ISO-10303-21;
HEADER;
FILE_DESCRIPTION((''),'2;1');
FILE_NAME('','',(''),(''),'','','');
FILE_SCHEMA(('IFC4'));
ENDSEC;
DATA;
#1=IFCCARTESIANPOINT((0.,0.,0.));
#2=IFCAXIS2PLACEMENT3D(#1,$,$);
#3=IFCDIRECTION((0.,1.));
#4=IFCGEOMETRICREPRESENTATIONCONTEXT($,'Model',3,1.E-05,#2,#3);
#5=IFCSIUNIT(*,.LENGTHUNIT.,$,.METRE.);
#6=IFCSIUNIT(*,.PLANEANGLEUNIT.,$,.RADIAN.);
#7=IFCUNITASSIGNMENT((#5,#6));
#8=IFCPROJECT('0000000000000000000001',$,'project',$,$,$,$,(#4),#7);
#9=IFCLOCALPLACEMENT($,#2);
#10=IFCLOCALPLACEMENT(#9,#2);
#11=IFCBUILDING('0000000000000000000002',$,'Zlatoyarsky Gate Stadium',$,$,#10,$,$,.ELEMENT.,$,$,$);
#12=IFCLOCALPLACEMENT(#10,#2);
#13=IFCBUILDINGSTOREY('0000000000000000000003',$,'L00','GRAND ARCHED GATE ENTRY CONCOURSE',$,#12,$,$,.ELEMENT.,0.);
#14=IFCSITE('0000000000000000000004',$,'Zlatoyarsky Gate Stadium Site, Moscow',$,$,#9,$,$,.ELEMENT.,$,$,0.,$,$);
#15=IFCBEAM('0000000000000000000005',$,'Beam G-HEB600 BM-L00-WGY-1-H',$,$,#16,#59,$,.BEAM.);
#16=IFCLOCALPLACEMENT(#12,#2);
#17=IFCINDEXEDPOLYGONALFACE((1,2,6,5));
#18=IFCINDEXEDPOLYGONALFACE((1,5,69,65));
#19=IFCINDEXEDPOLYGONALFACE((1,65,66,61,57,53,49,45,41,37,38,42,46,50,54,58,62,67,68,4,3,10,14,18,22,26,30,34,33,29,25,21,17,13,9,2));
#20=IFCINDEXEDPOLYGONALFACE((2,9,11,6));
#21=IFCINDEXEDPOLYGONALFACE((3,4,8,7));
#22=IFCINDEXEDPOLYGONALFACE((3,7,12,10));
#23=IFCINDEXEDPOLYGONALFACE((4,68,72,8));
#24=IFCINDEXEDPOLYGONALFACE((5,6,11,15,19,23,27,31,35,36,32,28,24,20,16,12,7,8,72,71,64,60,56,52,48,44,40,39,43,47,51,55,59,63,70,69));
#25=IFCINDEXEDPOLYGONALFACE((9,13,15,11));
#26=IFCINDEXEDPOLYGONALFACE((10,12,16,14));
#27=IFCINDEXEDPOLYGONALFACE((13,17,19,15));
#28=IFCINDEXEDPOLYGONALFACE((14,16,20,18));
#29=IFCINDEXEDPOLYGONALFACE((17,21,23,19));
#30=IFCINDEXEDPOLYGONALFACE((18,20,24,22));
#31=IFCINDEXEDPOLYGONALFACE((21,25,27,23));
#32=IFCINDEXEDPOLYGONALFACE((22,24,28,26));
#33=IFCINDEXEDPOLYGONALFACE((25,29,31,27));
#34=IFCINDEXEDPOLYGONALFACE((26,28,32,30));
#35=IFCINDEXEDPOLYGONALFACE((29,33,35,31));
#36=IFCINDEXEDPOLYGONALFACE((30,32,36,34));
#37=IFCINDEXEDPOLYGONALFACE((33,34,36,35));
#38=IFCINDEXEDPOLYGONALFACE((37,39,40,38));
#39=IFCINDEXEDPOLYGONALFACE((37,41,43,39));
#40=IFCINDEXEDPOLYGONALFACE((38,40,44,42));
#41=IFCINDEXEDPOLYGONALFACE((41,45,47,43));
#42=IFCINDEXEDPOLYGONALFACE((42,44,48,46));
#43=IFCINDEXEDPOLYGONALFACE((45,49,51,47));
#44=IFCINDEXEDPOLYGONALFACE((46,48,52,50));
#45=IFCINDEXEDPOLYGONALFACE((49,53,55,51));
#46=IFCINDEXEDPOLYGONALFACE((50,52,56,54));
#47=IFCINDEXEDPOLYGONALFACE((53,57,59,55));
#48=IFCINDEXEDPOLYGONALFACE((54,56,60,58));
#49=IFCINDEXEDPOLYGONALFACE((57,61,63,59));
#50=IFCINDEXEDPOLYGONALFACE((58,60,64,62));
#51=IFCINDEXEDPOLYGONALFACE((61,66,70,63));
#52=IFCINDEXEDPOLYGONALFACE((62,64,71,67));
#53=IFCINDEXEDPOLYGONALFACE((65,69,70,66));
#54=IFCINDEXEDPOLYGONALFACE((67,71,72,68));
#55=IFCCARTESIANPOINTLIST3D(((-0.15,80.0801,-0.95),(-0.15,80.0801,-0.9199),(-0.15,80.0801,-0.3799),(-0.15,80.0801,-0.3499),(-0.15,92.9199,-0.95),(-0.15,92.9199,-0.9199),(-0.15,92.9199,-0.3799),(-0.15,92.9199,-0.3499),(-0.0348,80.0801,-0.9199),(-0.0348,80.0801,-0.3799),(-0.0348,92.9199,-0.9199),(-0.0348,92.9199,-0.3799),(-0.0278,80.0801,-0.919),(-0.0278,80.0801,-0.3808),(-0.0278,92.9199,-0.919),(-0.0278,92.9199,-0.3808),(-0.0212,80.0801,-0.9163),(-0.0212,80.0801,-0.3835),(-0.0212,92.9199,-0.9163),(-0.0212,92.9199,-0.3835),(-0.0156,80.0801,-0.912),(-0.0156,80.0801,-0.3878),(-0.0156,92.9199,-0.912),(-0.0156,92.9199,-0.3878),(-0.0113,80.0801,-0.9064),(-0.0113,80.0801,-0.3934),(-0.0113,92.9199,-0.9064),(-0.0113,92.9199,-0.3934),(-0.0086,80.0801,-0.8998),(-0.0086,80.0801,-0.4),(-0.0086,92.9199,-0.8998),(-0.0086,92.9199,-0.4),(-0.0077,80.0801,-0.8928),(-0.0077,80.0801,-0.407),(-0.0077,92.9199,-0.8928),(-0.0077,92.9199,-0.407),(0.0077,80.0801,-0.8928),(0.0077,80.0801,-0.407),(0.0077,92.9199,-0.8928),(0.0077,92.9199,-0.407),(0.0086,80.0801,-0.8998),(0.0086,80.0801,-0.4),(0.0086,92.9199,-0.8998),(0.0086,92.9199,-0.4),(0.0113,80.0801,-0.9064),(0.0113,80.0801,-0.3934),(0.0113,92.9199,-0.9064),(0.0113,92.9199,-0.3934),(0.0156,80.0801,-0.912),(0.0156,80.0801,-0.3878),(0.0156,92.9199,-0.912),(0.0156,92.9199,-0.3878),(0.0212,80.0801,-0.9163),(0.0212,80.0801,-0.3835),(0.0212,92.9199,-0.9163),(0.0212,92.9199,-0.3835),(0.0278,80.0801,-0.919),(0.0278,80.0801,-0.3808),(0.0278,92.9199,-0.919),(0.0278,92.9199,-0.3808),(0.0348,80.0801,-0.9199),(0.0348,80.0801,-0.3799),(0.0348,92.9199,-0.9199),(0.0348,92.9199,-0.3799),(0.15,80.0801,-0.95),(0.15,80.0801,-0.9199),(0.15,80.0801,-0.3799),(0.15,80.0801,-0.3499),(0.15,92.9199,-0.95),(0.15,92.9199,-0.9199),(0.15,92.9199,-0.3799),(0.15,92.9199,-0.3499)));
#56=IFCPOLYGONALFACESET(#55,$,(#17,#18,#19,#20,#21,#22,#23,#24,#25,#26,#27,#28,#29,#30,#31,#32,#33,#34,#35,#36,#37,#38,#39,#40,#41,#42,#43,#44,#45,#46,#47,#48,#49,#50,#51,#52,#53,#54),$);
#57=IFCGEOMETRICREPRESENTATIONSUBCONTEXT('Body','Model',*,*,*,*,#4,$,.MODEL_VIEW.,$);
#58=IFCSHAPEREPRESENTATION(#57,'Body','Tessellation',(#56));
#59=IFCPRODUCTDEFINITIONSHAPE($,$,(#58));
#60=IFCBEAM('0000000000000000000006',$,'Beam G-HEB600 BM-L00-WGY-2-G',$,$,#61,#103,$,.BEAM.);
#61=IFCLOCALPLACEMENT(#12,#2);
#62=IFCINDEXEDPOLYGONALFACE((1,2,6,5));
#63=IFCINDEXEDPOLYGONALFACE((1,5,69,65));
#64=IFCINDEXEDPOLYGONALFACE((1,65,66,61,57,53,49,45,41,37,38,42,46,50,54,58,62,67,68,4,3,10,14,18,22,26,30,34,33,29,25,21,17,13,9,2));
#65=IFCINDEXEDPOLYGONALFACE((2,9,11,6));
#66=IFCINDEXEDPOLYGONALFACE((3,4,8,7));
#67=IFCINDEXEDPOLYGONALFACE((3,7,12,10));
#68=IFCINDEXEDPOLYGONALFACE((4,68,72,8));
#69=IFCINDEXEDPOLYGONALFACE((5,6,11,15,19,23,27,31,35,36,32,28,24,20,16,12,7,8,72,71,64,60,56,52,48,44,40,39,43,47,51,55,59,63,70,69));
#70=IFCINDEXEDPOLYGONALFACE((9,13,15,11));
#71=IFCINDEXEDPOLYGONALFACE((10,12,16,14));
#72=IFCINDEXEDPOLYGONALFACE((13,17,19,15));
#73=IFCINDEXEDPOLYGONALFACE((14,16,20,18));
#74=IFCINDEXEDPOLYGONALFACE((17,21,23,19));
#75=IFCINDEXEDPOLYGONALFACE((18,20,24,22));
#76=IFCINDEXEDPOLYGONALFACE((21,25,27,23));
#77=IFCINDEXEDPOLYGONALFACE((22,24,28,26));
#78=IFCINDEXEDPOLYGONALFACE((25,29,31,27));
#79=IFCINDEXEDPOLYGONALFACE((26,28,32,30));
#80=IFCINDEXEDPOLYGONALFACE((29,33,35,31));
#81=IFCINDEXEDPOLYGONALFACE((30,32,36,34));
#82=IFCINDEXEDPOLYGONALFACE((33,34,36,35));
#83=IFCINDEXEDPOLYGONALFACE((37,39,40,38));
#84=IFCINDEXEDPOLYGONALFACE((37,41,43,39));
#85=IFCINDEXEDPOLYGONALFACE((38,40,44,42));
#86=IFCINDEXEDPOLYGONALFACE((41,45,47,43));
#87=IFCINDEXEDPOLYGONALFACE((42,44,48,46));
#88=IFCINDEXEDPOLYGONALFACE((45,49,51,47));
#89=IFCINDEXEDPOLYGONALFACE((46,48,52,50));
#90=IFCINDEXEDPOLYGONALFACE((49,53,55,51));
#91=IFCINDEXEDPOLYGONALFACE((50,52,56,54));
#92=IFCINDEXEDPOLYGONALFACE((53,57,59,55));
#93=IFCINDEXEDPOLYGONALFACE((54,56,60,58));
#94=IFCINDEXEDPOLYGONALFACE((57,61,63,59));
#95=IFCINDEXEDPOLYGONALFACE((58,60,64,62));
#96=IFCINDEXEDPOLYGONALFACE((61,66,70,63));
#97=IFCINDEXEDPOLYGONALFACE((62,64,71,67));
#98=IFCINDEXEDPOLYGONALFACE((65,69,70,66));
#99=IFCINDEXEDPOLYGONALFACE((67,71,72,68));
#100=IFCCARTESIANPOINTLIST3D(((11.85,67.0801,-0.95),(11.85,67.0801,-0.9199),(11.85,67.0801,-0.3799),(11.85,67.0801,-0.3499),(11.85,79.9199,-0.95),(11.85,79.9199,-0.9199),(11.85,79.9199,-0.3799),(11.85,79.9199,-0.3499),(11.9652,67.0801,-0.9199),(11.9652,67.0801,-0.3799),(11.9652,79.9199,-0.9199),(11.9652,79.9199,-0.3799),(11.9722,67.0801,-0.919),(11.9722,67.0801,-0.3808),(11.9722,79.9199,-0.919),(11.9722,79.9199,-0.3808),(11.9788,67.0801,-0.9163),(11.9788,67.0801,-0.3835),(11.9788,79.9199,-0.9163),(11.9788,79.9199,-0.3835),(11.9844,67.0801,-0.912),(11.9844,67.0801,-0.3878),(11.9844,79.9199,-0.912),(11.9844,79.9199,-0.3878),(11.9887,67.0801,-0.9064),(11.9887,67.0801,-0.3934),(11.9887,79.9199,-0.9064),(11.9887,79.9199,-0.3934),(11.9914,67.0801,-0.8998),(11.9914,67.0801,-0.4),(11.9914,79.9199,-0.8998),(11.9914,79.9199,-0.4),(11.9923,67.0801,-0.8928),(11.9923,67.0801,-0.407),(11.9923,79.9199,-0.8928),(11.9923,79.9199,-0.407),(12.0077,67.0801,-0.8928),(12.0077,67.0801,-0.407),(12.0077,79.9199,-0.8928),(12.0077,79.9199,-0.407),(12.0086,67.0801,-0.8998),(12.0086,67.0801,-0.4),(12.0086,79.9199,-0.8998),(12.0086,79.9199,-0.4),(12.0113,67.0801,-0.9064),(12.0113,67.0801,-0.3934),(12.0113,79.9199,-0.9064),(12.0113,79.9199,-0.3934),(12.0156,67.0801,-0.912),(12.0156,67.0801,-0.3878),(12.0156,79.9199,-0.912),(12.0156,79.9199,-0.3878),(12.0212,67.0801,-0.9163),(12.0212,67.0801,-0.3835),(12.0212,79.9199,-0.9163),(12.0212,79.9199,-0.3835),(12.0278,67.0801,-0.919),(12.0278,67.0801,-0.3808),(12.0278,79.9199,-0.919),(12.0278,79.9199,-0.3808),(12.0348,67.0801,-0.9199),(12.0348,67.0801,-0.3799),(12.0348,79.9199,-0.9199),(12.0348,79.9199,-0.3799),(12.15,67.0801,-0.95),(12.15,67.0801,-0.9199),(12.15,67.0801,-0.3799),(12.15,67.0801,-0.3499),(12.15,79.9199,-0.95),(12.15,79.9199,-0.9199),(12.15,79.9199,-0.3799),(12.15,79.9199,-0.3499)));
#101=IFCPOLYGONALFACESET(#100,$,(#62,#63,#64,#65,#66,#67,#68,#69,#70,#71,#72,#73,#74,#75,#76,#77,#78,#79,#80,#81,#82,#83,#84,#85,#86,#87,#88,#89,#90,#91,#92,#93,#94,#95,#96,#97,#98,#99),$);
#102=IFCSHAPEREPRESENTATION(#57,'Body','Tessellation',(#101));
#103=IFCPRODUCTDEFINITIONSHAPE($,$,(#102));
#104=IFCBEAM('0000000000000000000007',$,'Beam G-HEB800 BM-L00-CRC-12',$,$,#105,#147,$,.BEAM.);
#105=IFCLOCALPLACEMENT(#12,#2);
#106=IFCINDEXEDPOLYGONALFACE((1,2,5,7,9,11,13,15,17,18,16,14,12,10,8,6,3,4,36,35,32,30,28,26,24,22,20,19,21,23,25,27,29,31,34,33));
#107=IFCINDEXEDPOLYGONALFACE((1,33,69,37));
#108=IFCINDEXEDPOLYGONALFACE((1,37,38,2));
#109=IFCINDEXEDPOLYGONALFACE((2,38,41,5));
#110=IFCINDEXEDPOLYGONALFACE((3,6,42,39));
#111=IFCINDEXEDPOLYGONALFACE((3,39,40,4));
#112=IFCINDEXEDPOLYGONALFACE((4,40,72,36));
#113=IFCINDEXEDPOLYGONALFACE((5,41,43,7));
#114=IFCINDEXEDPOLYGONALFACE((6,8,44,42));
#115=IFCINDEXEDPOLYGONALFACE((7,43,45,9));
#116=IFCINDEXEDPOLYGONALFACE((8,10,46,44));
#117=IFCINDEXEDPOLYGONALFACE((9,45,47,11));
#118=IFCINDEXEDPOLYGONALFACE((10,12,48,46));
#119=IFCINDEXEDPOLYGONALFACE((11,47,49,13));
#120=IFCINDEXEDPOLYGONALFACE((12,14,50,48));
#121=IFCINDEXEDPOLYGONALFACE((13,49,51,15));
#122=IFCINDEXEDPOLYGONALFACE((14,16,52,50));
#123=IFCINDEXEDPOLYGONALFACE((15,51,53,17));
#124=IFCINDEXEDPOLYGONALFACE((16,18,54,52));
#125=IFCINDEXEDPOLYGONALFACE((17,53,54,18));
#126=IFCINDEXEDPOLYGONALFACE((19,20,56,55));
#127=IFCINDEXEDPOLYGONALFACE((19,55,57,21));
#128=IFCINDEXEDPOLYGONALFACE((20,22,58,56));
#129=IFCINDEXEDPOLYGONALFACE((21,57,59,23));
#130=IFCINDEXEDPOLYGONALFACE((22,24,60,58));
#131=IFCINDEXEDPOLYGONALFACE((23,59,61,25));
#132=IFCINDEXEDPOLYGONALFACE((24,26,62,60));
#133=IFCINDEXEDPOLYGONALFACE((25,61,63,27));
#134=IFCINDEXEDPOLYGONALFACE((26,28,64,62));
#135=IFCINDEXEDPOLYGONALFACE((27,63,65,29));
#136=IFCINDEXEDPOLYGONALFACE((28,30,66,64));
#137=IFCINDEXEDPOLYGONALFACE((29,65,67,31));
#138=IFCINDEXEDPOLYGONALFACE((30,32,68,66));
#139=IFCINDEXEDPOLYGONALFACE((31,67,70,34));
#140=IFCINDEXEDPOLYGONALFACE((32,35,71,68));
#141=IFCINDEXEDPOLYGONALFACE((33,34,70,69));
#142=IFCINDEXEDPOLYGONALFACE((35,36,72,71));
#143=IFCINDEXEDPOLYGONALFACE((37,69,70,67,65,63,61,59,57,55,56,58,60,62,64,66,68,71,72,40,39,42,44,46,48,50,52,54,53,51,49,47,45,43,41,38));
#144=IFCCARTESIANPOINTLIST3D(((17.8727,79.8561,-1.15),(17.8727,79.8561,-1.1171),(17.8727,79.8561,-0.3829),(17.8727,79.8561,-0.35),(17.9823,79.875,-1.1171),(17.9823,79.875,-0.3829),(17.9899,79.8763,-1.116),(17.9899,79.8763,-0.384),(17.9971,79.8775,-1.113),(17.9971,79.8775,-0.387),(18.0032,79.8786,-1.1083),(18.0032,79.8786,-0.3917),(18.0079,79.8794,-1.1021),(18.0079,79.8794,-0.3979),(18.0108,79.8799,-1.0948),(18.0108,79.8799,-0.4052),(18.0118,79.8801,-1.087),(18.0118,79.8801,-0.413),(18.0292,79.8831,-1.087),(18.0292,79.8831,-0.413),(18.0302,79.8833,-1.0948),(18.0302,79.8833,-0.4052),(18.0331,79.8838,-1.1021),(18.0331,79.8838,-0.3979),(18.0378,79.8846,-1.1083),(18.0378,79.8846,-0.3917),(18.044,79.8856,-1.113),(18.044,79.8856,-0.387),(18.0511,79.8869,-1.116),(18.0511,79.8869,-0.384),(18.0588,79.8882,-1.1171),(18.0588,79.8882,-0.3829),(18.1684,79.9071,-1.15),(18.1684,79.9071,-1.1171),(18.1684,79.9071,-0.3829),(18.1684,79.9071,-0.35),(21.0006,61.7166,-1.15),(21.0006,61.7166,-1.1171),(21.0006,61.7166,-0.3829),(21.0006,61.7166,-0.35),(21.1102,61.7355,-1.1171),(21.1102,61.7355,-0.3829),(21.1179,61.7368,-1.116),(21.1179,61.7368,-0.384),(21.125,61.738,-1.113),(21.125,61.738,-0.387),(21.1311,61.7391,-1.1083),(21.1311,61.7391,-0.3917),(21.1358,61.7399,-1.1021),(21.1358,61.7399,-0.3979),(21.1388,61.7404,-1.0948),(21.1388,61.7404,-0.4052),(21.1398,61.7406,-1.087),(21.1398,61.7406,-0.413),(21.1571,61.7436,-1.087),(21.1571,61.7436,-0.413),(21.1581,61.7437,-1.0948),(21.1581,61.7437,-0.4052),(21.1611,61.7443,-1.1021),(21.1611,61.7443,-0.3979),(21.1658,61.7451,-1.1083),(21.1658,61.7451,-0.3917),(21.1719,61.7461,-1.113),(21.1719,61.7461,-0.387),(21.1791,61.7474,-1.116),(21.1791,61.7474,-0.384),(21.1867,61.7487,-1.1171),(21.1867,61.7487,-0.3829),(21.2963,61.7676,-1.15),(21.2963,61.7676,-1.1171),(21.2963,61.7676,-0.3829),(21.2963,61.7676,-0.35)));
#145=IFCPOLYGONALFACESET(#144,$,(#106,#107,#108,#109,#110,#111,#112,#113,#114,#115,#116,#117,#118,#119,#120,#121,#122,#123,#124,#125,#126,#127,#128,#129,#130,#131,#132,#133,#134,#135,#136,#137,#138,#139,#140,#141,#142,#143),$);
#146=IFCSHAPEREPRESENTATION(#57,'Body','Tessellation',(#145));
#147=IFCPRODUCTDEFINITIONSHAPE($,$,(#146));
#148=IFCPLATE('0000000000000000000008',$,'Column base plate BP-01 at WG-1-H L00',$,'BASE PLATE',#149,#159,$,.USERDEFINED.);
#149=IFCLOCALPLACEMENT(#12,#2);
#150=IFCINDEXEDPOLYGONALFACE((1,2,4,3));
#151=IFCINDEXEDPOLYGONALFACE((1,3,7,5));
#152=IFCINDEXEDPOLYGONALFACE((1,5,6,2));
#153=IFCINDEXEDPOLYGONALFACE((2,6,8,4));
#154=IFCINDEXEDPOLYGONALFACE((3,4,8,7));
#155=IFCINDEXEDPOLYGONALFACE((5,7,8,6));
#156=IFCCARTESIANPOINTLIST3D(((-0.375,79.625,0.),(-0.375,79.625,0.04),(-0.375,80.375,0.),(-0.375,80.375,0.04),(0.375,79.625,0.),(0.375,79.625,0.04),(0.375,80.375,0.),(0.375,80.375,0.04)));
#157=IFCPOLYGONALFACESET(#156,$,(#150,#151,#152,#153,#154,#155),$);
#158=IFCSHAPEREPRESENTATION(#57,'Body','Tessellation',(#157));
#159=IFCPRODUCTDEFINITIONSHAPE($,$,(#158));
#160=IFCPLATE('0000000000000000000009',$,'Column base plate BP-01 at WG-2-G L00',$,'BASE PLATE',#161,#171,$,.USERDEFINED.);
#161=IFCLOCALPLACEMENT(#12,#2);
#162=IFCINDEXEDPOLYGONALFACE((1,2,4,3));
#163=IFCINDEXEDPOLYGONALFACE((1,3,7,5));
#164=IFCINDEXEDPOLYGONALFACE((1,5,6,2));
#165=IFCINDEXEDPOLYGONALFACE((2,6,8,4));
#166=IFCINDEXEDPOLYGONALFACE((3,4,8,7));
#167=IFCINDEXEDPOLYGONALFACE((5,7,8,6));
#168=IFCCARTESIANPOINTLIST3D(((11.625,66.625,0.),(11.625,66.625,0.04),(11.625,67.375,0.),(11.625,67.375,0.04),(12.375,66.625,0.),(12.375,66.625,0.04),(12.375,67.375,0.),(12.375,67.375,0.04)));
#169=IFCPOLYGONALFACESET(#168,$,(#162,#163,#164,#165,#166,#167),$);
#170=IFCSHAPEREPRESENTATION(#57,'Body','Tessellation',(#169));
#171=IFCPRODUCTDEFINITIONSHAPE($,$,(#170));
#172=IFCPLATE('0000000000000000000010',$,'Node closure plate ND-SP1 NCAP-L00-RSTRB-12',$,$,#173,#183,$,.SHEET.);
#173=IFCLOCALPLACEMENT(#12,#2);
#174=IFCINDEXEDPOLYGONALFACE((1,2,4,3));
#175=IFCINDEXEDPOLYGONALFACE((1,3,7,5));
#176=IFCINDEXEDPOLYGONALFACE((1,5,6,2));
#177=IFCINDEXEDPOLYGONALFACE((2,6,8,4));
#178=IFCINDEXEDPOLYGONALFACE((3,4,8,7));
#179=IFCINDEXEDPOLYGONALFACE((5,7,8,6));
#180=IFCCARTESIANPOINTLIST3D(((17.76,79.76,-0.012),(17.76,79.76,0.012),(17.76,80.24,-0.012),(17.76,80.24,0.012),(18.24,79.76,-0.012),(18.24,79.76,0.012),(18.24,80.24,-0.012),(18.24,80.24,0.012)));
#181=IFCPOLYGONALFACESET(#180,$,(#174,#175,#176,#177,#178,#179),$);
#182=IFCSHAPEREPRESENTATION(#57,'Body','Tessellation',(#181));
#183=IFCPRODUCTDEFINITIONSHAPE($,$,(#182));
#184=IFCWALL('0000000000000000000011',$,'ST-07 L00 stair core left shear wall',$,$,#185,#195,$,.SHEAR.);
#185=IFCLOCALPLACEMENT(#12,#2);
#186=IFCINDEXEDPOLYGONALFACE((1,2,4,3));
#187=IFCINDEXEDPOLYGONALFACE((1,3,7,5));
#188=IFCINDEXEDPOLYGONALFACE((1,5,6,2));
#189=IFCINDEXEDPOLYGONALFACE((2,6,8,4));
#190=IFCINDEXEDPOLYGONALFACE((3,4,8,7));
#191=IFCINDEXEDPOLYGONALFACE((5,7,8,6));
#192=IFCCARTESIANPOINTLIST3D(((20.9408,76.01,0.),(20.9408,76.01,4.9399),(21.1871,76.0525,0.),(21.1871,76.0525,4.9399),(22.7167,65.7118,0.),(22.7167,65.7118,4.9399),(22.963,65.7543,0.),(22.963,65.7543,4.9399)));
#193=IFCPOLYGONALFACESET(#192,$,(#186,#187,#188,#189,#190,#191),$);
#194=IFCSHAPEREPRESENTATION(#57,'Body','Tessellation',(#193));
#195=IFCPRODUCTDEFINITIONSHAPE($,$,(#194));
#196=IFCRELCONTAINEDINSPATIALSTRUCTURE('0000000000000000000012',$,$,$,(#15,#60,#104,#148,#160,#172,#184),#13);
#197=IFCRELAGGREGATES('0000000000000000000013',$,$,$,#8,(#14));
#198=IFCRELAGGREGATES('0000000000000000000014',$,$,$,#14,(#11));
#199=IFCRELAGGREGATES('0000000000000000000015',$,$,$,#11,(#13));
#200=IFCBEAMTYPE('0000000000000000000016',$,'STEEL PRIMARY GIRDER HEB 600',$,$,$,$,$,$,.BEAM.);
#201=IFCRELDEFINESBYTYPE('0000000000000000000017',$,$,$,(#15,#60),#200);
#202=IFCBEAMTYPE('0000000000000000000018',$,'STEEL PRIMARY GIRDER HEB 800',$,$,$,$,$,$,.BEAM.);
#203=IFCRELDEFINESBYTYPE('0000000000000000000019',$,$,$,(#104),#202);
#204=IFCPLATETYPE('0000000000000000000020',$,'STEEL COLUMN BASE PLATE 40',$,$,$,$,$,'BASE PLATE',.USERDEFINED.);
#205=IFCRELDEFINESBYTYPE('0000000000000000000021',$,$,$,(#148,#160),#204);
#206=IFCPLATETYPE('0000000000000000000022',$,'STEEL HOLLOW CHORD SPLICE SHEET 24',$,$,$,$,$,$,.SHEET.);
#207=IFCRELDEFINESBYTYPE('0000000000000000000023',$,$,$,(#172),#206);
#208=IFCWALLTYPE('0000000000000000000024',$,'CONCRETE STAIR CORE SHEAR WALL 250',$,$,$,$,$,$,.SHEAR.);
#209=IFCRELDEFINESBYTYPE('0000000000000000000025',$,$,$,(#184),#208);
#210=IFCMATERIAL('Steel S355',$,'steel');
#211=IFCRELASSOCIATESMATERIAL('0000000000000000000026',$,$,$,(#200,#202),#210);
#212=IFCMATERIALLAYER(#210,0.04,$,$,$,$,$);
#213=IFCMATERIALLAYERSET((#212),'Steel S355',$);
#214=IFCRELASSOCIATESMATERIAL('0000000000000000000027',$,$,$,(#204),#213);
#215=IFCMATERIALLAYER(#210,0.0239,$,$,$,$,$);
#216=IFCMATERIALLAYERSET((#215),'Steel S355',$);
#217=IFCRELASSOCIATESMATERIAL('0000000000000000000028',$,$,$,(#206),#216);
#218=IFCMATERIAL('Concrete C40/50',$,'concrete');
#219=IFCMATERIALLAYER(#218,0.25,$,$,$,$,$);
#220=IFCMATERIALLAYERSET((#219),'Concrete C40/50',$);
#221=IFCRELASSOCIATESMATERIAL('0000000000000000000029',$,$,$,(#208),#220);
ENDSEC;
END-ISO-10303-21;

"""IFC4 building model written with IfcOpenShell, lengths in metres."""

from ifc_helpers import new_model, si_unit, direction, frame, frame_2d, origin, origin_2d, place, context, subcontext, project, spatial, rectangle, i_section, extrude, material, layer, layer_set, material_profile, profile_set, type_object, element, save


model = new_model("IFC4")

# Units and contexts
model_context = context("Model", 3, precision=1e-05, world=origin(), true_north=direction((0.0, 1.0)))
body_context = subcontext(model_context, "Body", "Model", "MODEL_VIEW")
ifc_project = project(units=[si_unit("LENGTHUNIT", "METRE"), si_unit("PLANEANGLEUNIT", "RADIAN")], contexts=[model_context])

# Site, building, storey
site_placement = place(None, origin())
site = spatial("IfcSite", under=ifc_project, at=site_placement, Name="Zlatoyarsky Gate Stadium Site, Moscow", CompositionType="ELEMENT", RefElevation=0.0)
building_placement = place(site_placement, origin())
building = spatial("IfcBuilding", under=site, at=building_placement, Name="Zlatoyarsky Gate Stadium", CompositionType="ELEMENT")
storey_placement = place(building_placement, origin())
storey = spatial("IfcBuildingStorey", under=building, at=storey_placement, Name="L00", Description="GRAND ARCHED GATE ENTRY CONCOURSE", CompositionType="ELEMENT", Elevation=0.0)

# Shared definitions
ifc_material_1 = material(Name="Concrete C40/50", Category="concrete")
ifc_material_2 = material(Name="Steel S355", Category="steel")

# Beams
ifc_material_profile_1 = material_profile(ifc_material_2, i_section(OverallWidth=0.3, OverallDepth=0.6001, WebThickness=0.0154, FlangeThickness=0.03, FilletRadius=0.0271, at=origin_2d()), Name="HEB 600")
ifc_profile_set_1 = profile_set([ifc_material_profile_1], Name="Steel S355")
beam_type_1 = type_object("IfcBeamType", Name="STEEL PRIMARY GIRDER HEB 600", PredefinedType="BEAM", material=ifc_profile_set_1)
for number, where, z_axis, x_axis, name in (
    (1, (0.0, 80.0801, -0.6499), (0.0, 1.0, 0.0), (-1.0, 0.0, 0.0), "Beam G-HEB600 BM-L00-WGY-1-H"),
    (2, (12.0, 67.0801, -0.6499), (0.0, 1.0, 0.0), (-1.0, 0.0, 0.0), "Beam G-HEB600 BM-L00-WGY-2-G"),
):
    element("IfcBeam", number, at=place(storey_placement, frame(where, z_axis=z_axis, x_axis=x_axis)), inside=storey, type_object=beam_type_1, Name=name, PredefinedType="BEAM", context=body_context, shape_type="SweptSolid", body=[
        extrude(i_section(OverallWidth=0.3, OverallDepth=0.6001, WebThickness=0.0154, FlangeThickness=0.03, FilletRadius=0.0271, at=origin_2d()), origin(), (0.0, 0.0, 1.0), 12.8398),
    ])
ifc_material_profile_2 = material_profile(ifc_material_2, i_section(OverallWidth=0.3, OverallDepth=0.8, WebThickness=0.0176, FlangeThickness=0.033, FilletRadius=0.03, at=origin_2d()), Name="HEB 800")
ifc_profile_set_2 = profile_set([ifc_material_profile_2], Name="Steel S355")
beam_type_2 = type_object("IfcBeamType", Name="STEEL PRIMARY GIRDER HEB 800", PredefinedType="BEAM", material=ifc_profile_set_2)
beam_1_placement = place(storey_placement, frame((18.0205, 79.8816, -0.75), z_axis=(0.16993, -0.985456, 0.0), x_axis=(0.985456, 0.16993, 0.0)))
element("IfcBeam", 3, at=beam_1_placement, inside=storey, type_object=beam_type_2, Name="Beam G-HEB800 BM-L00-CRC-12", PredefinedType="BEAM", context=body_context, shape_type="SweptSolid", body=[
    extrude(i_section(OverallWidth=0.3, OverallDepth=0.8, WebThickness=0.0176, FlangeThickness=0.033, FilletRadius=0.03, at=origin_2d()), origin(), (0.0, 0.0, 1.0), 18.4072),
])

# Plates
ifc_layer_1 = layer(ifc_material_2, 0.04)
ifc_layer_set_1 = layer_set([ifc_layer_1], Name="Steel S355")
plate_type_1 = type_object("IfcPlateType", Name="STEEL COLUMN BASE PLATE 40", ElementType="BASE PLATE", PredefinedType="USERDEFINED", material=ifc_layer_set_1)
for number, where, z_axis, x_axis, name in (
    (4, (0.0, 80.0, 0.0), (0.0, 0.0, 1.0), (1.0, 0.0, 0.0), "Column base plate BP-01 at WG-1-H L00"),
    (5, (12.0, 67.0, 0.0), (0.0, 0.0, 1.0), (1.0, 0.0, 0.0), "Column base plate BP-01 at WG-2-G L00"),
):
    element("IfcPlate", number, at=place(storey_placement, frame(where, z_axis=z_axis, x_axis=x_axis)), inside=storey, type_object=plate_type_1, Name=name, ObjectType="BASE PLATE", PredefinedType="USERDEFINED", context=body_context, shape_type="SweptSolid", body=[
        extrude(rectangle(XDim=0.75, YDim=0.75, at=origin_2d()), origin(), (0.0, 0.0, 1.0), 0.04),
    ])
ifc_layer_2 = layer(ifc_material_2, 0.0239)
ifc_layer_set_2 = layer_set([ifc_layer_2], Name="Steel S355")
plate_type_2 = type_object("IfcPlateType", Name="STEEL HOLLOW CHORD SPLICE SHEET 24", PredefinedType="SHEET", material=ifc_layer_set_2)
plate_placement = place(storey_placement, frame((18.0, 80.0, -0.012), z_axis=(0.0, 0.0, 1.0), x_axis=(1.0, 0.0, 0.0)))
element("IfcPlate", 6, at=plate_placement, inside=storey, type_object=plate_type_2, Name="Node closure plate ND-SP1 NCAP-L00-RSTRB-12", PredefinedType="SHEET", context=body_context, shape_type="SweptSolid", body=[
    extrude(rectangle(XDim=0.48, YDim=0.48, at=origin_2d()), origin(), (0.0, 0.0, 1.0), 0.0239),
])

# Wall
ifc_layer_3 = layer(ifc_material_1, 0.25)
ifc_layer_set_3 = layer_set([ifc_layer_3], Name="Concrete C40/50")
wall_type_1 = type_object("IfcWallType", Name="CONCRETE STAIR CORE SHEAR WALL 250", PredefinedType="SHEAR", material=ifc_layer_set_3)
wall_1_placement = place(storey_placement, frame((21.064, 76.0312, 0.0), z_axis=(0.0, 0.0, 1.0), x_axis=(0.169939, -0.985455, 0.0)))
element("IfcWall", 7, at=wall_1_placement, inside=storey, type_object=wall_type_1, Name="ST-07 L00 stair core left shear wall", PredefinedType="SHEAR", context=body_context, shape_type="SweptSolid", body=[
    extrude(rectangle(XDim=10.4502, YDim=0.25, at=frame_2d((5.2251, 0.0))), origin(), (0.0, 0.0, 1.0), 4.9399),
])

save(model, "model.ifc")
